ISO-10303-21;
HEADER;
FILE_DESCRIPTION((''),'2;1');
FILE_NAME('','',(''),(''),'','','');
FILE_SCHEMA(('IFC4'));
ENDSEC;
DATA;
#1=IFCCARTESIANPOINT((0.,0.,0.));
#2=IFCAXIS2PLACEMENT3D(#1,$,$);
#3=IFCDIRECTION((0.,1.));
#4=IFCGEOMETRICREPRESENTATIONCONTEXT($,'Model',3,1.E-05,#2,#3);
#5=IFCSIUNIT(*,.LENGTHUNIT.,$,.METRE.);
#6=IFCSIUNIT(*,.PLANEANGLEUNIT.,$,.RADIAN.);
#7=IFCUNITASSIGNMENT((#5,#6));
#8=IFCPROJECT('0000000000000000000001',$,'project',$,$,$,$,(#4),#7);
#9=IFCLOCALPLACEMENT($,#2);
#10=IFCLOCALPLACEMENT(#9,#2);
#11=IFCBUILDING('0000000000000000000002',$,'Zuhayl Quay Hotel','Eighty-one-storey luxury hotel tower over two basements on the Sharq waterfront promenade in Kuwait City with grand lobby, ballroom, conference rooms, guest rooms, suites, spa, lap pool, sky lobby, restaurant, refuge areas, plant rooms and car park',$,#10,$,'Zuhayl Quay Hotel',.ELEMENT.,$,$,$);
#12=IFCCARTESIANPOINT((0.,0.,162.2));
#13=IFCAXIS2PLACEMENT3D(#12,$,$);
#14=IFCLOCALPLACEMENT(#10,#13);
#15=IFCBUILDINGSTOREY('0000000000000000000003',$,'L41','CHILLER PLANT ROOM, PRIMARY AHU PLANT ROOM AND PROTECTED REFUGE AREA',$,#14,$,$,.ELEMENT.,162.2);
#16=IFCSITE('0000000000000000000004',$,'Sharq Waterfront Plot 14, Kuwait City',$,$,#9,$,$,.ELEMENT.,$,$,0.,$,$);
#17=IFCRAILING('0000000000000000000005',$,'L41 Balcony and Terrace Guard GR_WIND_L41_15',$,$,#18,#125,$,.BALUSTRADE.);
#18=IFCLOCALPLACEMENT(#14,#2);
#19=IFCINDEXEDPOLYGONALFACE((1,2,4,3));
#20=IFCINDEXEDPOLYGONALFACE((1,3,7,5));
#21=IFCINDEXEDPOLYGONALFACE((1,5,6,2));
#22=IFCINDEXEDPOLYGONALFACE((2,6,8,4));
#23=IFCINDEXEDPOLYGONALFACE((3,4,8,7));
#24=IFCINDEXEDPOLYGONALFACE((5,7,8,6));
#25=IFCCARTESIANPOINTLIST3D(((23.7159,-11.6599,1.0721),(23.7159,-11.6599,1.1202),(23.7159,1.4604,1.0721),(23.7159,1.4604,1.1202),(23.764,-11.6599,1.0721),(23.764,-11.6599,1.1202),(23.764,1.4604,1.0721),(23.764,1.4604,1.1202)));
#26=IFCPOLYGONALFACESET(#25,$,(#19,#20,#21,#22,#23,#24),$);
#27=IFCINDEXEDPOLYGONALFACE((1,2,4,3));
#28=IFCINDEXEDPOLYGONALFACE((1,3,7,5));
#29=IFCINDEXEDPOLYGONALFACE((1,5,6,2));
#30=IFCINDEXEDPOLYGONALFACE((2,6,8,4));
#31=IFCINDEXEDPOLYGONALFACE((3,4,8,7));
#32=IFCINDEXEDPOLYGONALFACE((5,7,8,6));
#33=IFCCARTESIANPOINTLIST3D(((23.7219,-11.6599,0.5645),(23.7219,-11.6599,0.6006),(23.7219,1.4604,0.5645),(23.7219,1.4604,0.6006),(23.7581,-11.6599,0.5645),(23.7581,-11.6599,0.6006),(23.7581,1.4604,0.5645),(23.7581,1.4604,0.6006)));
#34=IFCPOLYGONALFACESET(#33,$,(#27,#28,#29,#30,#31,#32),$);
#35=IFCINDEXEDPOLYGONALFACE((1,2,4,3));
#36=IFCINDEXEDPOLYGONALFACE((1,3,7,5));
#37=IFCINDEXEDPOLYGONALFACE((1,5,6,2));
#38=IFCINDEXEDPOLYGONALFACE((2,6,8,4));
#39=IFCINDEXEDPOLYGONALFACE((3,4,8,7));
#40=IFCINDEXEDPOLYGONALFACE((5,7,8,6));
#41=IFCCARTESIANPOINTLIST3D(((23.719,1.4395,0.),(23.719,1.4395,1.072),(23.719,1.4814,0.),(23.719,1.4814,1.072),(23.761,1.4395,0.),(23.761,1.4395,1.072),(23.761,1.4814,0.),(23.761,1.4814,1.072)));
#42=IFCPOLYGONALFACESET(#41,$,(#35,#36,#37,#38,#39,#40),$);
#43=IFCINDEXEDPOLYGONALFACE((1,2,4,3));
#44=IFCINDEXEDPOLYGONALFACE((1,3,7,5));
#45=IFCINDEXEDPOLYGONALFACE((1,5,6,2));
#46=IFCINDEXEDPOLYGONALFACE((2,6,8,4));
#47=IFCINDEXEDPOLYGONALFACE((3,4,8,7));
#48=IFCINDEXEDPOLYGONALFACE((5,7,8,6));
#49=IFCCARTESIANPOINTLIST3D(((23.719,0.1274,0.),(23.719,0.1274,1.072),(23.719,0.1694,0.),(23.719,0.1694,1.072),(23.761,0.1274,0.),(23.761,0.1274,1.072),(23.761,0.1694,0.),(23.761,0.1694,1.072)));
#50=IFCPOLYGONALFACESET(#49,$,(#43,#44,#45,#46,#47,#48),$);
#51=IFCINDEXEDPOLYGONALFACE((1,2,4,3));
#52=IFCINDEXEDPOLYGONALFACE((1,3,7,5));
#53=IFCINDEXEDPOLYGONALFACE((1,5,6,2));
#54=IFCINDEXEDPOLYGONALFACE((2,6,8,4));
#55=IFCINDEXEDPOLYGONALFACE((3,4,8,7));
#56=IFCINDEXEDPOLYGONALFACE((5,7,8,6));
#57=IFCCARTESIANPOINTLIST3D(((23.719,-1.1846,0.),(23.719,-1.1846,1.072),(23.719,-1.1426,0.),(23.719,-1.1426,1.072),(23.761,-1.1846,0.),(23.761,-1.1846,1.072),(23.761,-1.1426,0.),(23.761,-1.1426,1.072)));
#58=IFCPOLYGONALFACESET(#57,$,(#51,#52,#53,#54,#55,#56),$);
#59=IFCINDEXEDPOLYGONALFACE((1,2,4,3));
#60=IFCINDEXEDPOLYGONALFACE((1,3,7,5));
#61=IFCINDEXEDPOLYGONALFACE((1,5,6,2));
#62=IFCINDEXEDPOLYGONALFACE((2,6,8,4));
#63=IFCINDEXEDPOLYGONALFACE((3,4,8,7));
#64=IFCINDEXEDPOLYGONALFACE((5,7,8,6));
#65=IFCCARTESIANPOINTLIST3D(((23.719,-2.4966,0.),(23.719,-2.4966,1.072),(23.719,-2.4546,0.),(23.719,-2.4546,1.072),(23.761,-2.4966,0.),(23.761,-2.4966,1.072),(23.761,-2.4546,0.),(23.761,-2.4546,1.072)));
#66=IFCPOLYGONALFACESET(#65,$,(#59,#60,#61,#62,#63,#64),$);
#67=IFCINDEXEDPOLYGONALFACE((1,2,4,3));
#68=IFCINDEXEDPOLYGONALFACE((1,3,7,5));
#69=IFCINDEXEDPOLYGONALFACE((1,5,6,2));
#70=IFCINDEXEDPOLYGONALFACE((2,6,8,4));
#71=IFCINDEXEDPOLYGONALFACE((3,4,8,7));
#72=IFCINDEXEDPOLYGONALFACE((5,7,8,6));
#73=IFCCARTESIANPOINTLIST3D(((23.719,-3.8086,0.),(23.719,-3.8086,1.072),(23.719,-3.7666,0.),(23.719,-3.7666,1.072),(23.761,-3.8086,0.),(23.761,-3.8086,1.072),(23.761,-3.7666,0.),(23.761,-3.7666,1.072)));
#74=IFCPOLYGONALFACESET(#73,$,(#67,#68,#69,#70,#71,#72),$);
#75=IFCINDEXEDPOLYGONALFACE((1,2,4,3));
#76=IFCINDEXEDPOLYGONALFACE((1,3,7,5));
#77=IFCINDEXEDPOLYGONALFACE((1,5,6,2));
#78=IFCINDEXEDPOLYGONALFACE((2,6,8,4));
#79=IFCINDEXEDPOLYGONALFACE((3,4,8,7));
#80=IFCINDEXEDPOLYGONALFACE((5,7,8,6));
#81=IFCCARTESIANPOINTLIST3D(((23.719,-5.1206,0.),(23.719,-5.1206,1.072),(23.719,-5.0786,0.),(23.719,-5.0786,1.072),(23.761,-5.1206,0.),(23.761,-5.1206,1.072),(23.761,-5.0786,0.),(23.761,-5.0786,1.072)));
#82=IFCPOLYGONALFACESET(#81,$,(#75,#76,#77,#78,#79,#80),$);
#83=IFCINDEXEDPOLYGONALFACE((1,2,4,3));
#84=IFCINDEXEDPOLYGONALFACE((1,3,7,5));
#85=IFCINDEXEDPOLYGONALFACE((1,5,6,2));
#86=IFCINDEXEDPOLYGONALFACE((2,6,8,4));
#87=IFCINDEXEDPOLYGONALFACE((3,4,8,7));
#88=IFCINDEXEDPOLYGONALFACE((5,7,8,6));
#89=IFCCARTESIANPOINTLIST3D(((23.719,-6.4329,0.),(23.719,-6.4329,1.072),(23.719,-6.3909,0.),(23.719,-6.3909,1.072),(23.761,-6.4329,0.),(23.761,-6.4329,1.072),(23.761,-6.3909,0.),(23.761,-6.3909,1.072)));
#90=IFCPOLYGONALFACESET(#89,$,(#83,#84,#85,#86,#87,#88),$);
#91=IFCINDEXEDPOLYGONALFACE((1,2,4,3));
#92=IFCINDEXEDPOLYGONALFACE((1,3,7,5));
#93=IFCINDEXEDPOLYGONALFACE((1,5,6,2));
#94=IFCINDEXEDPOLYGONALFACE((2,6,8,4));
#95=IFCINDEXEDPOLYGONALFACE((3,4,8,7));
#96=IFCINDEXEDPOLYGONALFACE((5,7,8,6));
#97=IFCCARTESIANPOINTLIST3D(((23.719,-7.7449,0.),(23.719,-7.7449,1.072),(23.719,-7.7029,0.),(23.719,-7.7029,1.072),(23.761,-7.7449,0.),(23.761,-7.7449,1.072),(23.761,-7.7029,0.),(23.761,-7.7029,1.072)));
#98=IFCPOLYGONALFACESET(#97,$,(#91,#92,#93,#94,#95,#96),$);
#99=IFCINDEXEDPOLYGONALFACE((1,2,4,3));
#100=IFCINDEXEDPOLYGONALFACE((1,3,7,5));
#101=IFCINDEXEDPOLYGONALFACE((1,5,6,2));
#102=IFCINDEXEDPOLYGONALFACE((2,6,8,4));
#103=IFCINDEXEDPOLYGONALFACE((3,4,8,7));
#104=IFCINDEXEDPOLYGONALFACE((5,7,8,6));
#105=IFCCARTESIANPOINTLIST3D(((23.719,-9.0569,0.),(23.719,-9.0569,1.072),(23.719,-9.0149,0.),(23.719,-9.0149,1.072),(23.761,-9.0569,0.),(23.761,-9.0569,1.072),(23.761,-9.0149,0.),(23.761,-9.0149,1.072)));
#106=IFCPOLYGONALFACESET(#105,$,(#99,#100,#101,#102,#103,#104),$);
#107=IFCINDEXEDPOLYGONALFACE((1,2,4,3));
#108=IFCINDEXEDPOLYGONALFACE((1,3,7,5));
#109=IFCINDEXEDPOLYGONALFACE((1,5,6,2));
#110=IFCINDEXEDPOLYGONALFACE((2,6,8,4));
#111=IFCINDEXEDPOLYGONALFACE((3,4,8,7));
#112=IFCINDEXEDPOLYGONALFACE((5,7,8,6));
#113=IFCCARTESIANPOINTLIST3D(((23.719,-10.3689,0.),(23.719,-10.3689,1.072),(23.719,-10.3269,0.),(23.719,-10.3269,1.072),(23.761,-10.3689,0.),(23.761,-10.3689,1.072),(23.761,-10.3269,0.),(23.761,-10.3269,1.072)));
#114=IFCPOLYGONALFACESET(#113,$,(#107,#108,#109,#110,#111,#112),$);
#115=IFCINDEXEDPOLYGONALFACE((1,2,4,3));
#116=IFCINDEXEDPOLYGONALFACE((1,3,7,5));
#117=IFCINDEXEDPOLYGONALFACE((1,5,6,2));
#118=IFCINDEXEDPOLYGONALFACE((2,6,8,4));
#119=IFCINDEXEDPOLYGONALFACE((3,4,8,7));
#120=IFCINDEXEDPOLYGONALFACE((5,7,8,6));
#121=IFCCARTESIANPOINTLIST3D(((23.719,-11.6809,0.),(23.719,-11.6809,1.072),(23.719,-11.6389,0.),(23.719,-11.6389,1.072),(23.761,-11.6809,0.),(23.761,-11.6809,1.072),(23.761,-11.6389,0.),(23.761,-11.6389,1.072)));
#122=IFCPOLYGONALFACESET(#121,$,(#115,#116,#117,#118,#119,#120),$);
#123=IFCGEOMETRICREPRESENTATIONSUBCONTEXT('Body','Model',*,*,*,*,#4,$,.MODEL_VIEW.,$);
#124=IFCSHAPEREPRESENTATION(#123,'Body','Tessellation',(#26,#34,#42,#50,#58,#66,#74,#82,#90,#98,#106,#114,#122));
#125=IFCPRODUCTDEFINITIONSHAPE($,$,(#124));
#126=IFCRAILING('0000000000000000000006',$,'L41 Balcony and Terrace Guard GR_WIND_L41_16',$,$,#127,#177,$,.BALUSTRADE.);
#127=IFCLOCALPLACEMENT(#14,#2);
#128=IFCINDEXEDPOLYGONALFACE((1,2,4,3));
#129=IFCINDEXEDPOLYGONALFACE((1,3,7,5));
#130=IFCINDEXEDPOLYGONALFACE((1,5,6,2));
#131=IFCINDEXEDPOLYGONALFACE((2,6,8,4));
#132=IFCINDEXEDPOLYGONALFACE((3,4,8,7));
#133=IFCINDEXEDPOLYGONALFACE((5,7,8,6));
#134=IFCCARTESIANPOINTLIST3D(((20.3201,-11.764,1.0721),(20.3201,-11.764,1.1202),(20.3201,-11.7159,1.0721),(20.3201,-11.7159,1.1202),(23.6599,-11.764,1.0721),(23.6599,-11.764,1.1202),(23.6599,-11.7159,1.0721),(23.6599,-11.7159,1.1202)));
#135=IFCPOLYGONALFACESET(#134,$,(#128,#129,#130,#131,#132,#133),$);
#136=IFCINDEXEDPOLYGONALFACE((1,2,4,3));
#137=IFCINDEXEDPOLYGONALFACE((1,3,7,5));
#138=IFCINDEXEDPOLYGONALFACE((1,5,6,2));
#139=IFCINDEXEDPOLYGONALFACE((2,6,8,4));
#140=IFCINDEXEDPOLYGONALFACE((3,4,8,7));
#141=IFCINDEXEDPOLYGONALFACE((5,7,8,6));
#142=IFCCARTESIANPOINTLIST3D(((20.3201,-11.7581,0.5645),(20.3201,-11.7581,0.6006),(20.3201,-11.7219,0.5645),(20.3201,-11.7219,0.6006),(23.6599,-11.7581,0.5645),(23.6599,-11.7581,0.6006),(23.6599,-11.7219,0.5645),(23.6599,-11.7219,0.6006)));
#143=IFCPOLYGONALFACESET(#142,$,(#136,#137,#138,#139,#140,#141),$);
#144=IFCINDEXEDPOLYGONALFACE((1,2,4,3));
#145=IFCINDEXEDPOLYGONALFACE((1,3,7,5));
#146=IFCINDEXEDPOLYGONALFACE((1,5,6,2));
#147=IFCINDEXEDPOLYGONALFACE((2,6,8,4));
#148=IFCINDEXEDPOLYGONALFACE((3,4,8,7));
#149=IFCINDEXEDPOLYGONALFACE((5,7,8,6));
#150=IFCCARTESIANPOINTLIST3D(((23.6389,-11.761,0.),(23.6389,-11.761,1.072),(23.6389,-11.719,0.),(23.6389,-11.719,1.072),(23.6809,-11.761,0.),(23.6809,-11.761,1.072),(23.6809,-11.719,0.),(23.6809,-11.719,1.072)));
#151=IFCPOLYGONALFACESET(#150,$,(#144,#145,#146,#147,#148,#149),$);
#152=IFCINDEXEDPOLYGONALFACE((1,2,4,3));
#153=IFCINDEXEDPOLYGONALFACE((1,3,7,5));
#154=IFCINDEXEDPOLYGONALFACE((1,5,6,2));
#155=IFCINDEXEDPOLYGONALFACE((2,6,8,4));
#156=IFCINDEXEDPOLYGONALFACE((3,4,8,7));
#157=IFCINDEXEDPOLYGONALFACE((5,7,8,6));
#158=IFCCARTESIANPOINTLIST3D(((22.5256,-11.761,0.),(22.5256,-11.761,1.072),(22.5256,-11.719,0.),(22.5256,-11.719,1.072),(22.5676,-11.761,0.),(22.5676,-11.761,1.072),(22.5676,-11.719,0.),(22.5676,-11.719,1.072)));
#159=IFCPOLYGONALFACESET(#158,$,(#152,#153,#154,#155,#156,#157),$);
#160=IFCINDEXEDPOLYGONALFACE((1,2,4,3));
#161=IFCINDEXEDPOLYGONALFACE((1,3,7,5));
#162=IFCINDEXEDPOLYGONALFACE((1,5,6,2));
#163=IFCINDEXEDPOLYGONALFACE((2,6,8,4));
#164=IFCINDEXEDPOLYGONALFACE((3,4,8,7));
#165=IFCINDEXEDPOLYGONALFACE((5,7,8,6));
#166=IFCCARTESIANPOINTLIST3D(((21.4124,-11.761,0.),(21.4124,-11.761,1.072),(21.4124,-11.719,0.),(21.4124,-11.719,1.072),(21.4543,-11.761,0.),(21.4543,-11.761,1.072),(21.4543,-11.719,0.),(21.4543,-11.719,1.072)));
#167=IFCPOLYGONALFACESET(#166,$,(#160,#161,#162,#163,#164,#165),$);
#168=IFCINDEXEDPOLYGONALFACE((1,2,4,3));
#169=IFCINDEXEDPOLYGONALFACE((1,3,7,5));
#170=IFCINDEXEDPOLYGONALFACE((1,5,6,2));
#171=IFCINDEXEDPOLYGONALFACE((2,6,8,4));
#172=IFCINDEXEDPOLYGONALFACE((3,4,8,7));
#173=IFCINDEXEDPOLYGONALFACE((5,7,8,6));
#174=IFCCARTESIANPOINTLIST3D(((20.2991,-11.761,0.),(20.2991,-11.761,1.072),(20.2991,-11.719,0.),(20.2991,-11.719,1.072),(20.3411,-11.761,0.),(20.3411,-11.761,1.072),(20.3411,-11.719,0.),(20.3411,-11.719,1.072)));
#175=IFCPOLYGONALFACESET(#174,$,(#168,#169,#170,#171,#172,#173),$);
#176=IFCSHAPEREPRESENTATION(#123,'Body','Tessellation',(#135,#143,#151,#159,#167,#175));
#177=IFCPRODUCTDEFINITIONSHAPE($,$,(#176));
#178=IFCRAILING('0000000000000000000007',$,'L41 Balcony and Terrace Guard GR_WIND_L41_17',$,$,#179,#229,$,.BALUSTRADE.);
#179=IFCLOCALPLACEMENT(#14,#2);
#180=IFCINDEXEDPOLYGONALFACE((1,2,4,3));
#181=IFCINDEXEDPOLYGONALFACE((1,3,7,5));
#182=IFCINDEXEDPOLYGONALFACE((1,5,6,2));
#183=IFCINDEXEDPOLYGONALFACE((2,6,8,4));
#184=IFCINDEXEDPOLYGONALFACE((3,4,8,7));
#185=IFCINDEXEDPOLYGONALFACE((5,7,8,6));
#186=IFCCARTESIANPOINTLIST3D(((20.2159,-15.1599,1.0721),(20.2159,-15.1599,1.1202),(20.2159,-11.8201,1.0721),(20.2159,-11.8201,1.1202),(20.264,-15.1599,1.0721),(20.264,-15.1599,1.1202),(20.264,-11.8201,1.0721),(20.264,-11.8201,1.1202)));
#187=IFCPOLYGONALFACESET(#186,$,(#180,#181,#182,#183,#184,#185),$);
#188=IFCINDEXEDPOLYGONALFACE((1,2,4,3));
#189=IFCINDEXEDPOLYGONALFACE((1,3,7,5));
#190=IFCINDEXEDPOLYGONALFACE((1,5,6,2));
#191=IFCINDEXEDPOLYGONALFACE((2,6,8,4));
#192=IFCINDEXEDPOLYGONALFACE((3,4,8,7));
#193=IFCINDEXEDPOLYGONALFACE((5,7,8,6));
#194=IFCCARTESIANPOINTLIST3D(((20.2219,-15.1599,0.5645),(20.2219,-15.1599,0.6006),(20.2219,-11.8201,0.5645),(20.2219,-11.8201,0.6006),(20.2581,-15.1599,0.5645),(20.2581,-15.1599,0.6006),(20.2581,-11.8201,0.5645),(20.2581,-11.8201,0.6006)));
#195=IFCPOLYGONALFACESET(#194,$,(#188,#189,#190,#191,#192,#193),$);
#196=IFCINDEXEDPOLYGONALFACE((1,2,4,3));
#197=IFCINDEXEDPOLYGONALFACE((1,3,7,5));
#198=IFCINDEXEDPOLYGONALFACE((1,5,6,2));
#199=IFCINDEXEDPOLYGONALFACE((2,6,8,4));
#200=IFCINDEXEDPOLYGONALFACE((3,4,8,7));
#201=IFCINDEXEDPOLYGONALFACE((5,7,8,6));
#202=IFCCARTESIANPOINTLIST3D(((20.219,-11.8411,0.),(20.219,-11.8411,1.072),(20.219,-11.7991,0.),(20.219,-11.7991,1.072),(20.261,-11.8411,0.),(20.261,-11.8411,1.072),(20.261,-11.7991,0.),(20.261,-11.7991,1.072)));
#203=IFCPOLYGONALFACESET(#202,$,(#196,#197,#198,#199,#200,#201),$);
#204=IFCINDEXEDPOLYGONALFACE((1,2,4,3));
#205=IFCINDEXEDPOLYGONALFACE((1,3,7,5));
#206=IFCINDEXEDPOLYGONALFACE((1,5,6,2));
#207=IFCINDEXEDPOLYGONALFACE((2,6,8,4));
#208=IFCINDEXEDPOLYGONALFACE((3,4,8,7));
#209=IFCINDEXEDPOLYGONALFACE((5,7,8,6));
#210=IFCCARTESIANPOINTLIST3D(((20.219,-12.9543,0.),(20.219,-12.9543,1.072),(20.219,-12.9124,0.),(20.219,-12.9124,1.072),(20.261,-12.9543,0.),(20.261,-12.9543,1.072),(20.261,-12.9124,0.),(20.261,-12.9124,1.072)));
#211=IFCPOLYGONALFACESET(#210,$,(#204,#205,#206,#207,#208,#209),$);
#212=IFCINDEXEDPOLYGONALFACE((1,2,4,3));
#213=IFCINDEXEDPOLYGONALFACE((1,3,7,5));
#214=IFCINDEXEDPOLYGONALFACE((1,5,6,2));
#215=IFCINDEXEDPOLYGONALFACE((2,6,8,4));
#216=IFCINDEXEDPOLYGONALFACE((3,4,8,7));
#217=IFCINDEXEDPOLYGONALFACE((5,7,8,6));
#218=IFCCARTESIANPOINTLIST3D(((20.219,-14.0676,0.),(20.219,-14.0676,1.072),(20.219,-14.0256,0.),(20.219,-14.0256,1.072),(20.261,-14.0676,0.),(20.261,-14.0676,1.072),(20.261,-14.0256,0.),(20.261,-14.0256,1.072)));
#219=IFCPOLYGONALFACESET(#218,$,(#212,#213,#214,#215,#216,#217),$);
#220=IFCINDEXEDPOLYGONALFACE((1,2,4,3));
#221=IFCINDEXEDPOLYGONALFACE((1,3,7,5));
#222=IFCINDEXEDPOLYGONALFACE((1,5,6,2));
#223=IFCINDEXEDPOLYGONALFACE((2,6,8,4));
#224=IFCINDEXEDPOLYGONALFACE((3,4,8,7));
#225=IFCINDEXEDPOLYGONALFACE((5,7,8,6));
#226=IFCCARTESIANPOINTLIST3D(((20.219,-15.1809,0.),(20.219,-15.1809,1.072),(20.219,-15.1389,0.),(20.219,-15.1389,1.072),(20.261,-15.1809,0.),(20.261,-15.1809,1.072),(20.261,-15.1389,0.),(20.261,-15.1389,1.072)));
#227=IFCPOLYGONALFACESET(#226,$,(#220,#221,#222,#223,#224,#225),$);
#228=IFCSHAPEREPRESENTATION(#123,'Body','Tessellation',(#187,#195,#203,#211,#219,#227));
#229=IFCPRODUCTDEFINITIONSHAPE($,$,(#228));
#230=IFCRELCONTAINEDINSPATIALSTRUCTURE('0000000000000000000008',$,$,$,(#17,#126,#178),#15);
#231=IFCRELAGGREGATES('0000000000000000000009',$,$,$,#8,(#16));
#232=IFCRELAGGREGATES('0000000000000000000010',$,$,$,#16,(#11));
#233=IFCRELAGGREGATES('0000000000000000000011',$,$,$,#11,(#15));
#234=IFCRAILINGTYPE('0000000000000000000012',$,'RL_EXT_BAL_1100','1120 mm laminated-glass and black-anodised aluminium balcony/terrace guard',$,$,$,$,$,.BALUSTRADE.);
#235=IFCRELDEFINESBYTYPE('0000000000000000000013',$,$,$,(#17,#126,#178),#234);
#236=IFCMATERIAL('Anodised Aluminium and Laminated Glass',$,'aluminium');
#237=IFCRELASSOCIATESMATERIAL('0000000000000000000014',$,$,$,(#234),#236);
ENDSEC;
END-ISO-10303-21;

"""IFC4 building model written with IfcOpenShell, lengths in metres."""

from ifc_helpers import new_model, si_unit, direction, frame, origin, origin_2d, place, context, subcontext, project, spatial, rectangle, extrude, material, type_object, element, save


model = new_model("IFC4")

# Units and contexts
model_context = context("Model", 3, precision=1e-05, world=origin(), true_north=direction((0.0, 1.0)))
body_context = subcontext(model_context, "Body", "Model", "MODEL_VIEW")
ifc_project = project(units=[si_unit("LENGTHUNIT", "METRE"), si_unit("PLANEANGLEUNIT", "RADIAN")], contexts=[model_context])

# Site, building, storey
site_placement = place(None, origin())
site = spatial("IfcSite", under=ifc_project, at=site_placement, Name="Sharq Waterfront Plot 14, Kuwait City", CompositionType="ELEMENT", RefElevation=0.0)
building_placement = place(site_placement, origin())
building = spatial("IfcBuilding", under=site, at=building_placement, Name="Zuhayl Quay Hotel", Description="Eighty-one-storey luxury hotel tower over two basements on the Sharq waterfront promenade in Kuwait City with grand lobby, ballroom, conference rooms, guest rooms, suites, spa, lap pool, sky lobby, restaurant, refuge areas, plant rooms and car park", LongName="Zuhayl Quay Hotel", CompositionType="ELEMENT")
storey_placement = place(building_placement, frame((0.0, 0.0, 162.2)))
storey = spatial("IfcBuildingStorey", under=building, at=storey_placement, Name="L41", Description="CHILLER PLANT ROOM, PRIMARY AHU PLANT ROOM AND PROTECTED REFUGE AREA", CompositionType="ELEMENT", Elevation=162.2)

# Railings
ifc_material_1 = material(Name="Anodised Aluminium and Laminated Glass", Category="aluminium")
railing_type = type_object("IfcRailingType", Name="RL_EXT_BAL_1100", Description="1120 mm laminated-glass and black-anodised aluminium balcony/terrace guard", PredefinedType="BALUSTRADE", material=ifc_material_1)
railing_1_placement = place(storey_placement, frame((23.74, 1.4604, 0.0)))
element("IfcRailing", 1, at=railing_1_placement, inside=storey, type_object=railing_type, Name="L41 Balcony and Terrace Guard GR_WIND_L41_15", PredefinedType="BALUSTRADE", context=body_context, shape_type="SweptSolid", body=[
    extrude(rectangle(XDim=0.0481, YDim=0.0481, at=origin_2d()), frame((0.0, 0.0, 1.0962), z_axis=(0.0, -1.0, 0.0), x_axis=(1.0, 0.0, 0.0)), (0.0, 0.0, 1.0), 13.1204),
    extrude(rectangle(XDim=0.0361, YDim=0.0361, at=origin_2d()), frame((0.0, 0.0, 0.5825), z_axis=(0.0, -1.0, 0.0), x_axis=(1.0, 0.0, 0.0)), (0.0, 0.0, 1.0), 13.1204),
    extrude(rectangle(XDim=0.042, YDim=0.042, at=origin_2d()), origin(), (0.0, 0.0, 1.0), 1.072),
    extrude(rectangle(XDim=0.042, YDim=0.042, at=origin_2d()), frame((0.0, -1.312, 0.0)), (0.0, 0.0, 1.0), 1.072),
    extrude(rectangle(XDim=0.042, YDim=0.042, at=origin_2d()), frame((0.0, -2.624, 0.0)), (0.0, 0.0, 1.0), 1.072),
    extrude(rectangle(XDim=0.042, YDim=0.042, at=origin_2d()), frame((0.0, -3.936, 0.0)), (0.0, 0.0, 1.0), 1.072),
    extrude(rectangle(XDim=0.042, YDim=0.042, at=origin_2d()), frame((0.0, -5.248, 0.0)), (0.0, 0.0, 1.0), 1.072),
    extrude(rectangle(XDim=0.042, YDim=0.042, at=origin_2d()), frame((0.0, -6.5601, 0.0)), (0.0, 0.0, 1.0), 1.072),
    extrude(rectangle(XDim=0.042, YDim=0.042, at=origin_2d()), frame((0.0, -7.8723, 0.0)), (0.0, 0.0, 1.0), 1.072),
    extrude(rectangle(XDim=0.042, YDim=0.042, at=origin_2d()), frame((0.0, -9.1843, 0.0)), (0.0, 0.0, 1.0), 1.072),
    extrude(rectangle(XDim=0.042, YDim=0.042, at=origin_2d()), frame((0.0, -10.4963, 0.0)), (0.0, 0.0, 1.0), 1.072),
    extrude(rectangle(XDim=0.042, YDim=0.042, at=origin_2d()), frame((0.0, -11.8083, 0.0)), (0.0, 0.0, 1.0), 1.072),
    extrude(rectangle(XDim=0.042, YDim=0.042, at=origin_2d()), frame((0.0, -13.1204, 0.0)), (0.0, 0.0, 1.0), 1.072),
])
railing_2_placement = place(storey_placement, frame((23.6599, -11.74, 0.0)))
element("IfcRailing", 2, at=railing_2_placement, inside=storey, type_object=railing_type, Name="L41 Balcony and Terrace Guard GR_WIND_L41_16", PredefinedType="BALUSTRADE", context=body_context, shape_type="SweptSolid", body=[
    extrude(rectangle(XDim=0.0481, YDim=0.0481, at=origin_2d()), frame((0.0, 0.0, 1.0962), z_axis=(-1.0, 0.0, 0.0), x_axis=(0.0, -1.0, 0.0)), (0.0, 0.0, 1.0), 3.3398),
    extrude(rectangle(XDim=0.0361, YDim=0.0361, at=origin_2d()), frame((0.0, 0.0, 0.5825), z_axis=(-1.0, 0.0, 0.0), x_axis=(0.0, -1.0, 0.0)), (0.0, 0.0, 1.0), 3.3398),
    extrude(rectangle(XDim=0.042, YDim=0.042, at=origin_2d()), origin(), (0.0, 0.0, 1.0), 1.072),
    extrude(rectangle(XDim=0.042, YDim=0.042, at=origin_2d()), frame((-1.1133, 0.0, 0.0)), (0.0, 0.0, 1.0), 1.072),
    extrude(rectangle(XDim=0.042, YDim=0.042, at=origin_2d()), frame((-2.2266, 0.0, 0.0)), (0.0, 0.0, 1.0), 1.072),
    extrude(rectangle(XDim=0.042, YDim=0.042, at=origin_2d()), frame((-3.3398, 0.0, 0.0)), (0.0, 0.0, 1.0), 1.072),
])
railing_3_placement = place(storey_placement, frame((20.24, -11.8201, 0.0)))
element("IfcRailing", 3, at=railing_3_placement, inside=storey, type_object=railing_type, Name="L41 Balcony and Terrace Guard GR_WIND_L41_17", PredefinedType="BALUSTRADE", context=body_context, shape_type="SweptSolid", body=[
    extrude(rectangle(XDim=0.0481, YDim=0.0481, at=origin_2d()), frame((0.0, 0.0, 1.0962), z_axis=(0.0, -1.0, 0.0), x_axis=(1.0, 0.0, 0.0)), (0.0, 0.0, 1.0), 3.3398),
    extrude(rectangle(XDim=0.0361, YDim=0.0361, at=origin_2d()), frame((0.0, 0.0, 0.5825), z_axis=(0.0, -1.0, 0.0), x_axis=(1.0, 0.0, 0.0)), (0.0, 0.0, 1.0), 3.3398),
    extrude(rectangle(XDim=0.042, YDim=0.042, at=origin_2d()), origin(), (0.0, 0.0, 1.0), 1.072),
    extrude(rectangle(XDim=0.042, YDim=0.042, at=origin_2d()), frame((0.0, -1.1133, 0.0)), (0.0, 0.0, 1.0), 1.072),
    extrude(rectangle(XDim=0.042, YDim=0.042, at=origin_2d()), frame((0.0, -2.2266, 0.0)), (0.0, 0.0, 1.0), 1.072),
    extrude(rectangle(XDim=0.042, YDim=0.042, at=origin_2d()), frame((0.0, -3.3398, 0.0)), (0.0, 0.0, 1.0), 1.072),
])

save(model, "model.ifc")
